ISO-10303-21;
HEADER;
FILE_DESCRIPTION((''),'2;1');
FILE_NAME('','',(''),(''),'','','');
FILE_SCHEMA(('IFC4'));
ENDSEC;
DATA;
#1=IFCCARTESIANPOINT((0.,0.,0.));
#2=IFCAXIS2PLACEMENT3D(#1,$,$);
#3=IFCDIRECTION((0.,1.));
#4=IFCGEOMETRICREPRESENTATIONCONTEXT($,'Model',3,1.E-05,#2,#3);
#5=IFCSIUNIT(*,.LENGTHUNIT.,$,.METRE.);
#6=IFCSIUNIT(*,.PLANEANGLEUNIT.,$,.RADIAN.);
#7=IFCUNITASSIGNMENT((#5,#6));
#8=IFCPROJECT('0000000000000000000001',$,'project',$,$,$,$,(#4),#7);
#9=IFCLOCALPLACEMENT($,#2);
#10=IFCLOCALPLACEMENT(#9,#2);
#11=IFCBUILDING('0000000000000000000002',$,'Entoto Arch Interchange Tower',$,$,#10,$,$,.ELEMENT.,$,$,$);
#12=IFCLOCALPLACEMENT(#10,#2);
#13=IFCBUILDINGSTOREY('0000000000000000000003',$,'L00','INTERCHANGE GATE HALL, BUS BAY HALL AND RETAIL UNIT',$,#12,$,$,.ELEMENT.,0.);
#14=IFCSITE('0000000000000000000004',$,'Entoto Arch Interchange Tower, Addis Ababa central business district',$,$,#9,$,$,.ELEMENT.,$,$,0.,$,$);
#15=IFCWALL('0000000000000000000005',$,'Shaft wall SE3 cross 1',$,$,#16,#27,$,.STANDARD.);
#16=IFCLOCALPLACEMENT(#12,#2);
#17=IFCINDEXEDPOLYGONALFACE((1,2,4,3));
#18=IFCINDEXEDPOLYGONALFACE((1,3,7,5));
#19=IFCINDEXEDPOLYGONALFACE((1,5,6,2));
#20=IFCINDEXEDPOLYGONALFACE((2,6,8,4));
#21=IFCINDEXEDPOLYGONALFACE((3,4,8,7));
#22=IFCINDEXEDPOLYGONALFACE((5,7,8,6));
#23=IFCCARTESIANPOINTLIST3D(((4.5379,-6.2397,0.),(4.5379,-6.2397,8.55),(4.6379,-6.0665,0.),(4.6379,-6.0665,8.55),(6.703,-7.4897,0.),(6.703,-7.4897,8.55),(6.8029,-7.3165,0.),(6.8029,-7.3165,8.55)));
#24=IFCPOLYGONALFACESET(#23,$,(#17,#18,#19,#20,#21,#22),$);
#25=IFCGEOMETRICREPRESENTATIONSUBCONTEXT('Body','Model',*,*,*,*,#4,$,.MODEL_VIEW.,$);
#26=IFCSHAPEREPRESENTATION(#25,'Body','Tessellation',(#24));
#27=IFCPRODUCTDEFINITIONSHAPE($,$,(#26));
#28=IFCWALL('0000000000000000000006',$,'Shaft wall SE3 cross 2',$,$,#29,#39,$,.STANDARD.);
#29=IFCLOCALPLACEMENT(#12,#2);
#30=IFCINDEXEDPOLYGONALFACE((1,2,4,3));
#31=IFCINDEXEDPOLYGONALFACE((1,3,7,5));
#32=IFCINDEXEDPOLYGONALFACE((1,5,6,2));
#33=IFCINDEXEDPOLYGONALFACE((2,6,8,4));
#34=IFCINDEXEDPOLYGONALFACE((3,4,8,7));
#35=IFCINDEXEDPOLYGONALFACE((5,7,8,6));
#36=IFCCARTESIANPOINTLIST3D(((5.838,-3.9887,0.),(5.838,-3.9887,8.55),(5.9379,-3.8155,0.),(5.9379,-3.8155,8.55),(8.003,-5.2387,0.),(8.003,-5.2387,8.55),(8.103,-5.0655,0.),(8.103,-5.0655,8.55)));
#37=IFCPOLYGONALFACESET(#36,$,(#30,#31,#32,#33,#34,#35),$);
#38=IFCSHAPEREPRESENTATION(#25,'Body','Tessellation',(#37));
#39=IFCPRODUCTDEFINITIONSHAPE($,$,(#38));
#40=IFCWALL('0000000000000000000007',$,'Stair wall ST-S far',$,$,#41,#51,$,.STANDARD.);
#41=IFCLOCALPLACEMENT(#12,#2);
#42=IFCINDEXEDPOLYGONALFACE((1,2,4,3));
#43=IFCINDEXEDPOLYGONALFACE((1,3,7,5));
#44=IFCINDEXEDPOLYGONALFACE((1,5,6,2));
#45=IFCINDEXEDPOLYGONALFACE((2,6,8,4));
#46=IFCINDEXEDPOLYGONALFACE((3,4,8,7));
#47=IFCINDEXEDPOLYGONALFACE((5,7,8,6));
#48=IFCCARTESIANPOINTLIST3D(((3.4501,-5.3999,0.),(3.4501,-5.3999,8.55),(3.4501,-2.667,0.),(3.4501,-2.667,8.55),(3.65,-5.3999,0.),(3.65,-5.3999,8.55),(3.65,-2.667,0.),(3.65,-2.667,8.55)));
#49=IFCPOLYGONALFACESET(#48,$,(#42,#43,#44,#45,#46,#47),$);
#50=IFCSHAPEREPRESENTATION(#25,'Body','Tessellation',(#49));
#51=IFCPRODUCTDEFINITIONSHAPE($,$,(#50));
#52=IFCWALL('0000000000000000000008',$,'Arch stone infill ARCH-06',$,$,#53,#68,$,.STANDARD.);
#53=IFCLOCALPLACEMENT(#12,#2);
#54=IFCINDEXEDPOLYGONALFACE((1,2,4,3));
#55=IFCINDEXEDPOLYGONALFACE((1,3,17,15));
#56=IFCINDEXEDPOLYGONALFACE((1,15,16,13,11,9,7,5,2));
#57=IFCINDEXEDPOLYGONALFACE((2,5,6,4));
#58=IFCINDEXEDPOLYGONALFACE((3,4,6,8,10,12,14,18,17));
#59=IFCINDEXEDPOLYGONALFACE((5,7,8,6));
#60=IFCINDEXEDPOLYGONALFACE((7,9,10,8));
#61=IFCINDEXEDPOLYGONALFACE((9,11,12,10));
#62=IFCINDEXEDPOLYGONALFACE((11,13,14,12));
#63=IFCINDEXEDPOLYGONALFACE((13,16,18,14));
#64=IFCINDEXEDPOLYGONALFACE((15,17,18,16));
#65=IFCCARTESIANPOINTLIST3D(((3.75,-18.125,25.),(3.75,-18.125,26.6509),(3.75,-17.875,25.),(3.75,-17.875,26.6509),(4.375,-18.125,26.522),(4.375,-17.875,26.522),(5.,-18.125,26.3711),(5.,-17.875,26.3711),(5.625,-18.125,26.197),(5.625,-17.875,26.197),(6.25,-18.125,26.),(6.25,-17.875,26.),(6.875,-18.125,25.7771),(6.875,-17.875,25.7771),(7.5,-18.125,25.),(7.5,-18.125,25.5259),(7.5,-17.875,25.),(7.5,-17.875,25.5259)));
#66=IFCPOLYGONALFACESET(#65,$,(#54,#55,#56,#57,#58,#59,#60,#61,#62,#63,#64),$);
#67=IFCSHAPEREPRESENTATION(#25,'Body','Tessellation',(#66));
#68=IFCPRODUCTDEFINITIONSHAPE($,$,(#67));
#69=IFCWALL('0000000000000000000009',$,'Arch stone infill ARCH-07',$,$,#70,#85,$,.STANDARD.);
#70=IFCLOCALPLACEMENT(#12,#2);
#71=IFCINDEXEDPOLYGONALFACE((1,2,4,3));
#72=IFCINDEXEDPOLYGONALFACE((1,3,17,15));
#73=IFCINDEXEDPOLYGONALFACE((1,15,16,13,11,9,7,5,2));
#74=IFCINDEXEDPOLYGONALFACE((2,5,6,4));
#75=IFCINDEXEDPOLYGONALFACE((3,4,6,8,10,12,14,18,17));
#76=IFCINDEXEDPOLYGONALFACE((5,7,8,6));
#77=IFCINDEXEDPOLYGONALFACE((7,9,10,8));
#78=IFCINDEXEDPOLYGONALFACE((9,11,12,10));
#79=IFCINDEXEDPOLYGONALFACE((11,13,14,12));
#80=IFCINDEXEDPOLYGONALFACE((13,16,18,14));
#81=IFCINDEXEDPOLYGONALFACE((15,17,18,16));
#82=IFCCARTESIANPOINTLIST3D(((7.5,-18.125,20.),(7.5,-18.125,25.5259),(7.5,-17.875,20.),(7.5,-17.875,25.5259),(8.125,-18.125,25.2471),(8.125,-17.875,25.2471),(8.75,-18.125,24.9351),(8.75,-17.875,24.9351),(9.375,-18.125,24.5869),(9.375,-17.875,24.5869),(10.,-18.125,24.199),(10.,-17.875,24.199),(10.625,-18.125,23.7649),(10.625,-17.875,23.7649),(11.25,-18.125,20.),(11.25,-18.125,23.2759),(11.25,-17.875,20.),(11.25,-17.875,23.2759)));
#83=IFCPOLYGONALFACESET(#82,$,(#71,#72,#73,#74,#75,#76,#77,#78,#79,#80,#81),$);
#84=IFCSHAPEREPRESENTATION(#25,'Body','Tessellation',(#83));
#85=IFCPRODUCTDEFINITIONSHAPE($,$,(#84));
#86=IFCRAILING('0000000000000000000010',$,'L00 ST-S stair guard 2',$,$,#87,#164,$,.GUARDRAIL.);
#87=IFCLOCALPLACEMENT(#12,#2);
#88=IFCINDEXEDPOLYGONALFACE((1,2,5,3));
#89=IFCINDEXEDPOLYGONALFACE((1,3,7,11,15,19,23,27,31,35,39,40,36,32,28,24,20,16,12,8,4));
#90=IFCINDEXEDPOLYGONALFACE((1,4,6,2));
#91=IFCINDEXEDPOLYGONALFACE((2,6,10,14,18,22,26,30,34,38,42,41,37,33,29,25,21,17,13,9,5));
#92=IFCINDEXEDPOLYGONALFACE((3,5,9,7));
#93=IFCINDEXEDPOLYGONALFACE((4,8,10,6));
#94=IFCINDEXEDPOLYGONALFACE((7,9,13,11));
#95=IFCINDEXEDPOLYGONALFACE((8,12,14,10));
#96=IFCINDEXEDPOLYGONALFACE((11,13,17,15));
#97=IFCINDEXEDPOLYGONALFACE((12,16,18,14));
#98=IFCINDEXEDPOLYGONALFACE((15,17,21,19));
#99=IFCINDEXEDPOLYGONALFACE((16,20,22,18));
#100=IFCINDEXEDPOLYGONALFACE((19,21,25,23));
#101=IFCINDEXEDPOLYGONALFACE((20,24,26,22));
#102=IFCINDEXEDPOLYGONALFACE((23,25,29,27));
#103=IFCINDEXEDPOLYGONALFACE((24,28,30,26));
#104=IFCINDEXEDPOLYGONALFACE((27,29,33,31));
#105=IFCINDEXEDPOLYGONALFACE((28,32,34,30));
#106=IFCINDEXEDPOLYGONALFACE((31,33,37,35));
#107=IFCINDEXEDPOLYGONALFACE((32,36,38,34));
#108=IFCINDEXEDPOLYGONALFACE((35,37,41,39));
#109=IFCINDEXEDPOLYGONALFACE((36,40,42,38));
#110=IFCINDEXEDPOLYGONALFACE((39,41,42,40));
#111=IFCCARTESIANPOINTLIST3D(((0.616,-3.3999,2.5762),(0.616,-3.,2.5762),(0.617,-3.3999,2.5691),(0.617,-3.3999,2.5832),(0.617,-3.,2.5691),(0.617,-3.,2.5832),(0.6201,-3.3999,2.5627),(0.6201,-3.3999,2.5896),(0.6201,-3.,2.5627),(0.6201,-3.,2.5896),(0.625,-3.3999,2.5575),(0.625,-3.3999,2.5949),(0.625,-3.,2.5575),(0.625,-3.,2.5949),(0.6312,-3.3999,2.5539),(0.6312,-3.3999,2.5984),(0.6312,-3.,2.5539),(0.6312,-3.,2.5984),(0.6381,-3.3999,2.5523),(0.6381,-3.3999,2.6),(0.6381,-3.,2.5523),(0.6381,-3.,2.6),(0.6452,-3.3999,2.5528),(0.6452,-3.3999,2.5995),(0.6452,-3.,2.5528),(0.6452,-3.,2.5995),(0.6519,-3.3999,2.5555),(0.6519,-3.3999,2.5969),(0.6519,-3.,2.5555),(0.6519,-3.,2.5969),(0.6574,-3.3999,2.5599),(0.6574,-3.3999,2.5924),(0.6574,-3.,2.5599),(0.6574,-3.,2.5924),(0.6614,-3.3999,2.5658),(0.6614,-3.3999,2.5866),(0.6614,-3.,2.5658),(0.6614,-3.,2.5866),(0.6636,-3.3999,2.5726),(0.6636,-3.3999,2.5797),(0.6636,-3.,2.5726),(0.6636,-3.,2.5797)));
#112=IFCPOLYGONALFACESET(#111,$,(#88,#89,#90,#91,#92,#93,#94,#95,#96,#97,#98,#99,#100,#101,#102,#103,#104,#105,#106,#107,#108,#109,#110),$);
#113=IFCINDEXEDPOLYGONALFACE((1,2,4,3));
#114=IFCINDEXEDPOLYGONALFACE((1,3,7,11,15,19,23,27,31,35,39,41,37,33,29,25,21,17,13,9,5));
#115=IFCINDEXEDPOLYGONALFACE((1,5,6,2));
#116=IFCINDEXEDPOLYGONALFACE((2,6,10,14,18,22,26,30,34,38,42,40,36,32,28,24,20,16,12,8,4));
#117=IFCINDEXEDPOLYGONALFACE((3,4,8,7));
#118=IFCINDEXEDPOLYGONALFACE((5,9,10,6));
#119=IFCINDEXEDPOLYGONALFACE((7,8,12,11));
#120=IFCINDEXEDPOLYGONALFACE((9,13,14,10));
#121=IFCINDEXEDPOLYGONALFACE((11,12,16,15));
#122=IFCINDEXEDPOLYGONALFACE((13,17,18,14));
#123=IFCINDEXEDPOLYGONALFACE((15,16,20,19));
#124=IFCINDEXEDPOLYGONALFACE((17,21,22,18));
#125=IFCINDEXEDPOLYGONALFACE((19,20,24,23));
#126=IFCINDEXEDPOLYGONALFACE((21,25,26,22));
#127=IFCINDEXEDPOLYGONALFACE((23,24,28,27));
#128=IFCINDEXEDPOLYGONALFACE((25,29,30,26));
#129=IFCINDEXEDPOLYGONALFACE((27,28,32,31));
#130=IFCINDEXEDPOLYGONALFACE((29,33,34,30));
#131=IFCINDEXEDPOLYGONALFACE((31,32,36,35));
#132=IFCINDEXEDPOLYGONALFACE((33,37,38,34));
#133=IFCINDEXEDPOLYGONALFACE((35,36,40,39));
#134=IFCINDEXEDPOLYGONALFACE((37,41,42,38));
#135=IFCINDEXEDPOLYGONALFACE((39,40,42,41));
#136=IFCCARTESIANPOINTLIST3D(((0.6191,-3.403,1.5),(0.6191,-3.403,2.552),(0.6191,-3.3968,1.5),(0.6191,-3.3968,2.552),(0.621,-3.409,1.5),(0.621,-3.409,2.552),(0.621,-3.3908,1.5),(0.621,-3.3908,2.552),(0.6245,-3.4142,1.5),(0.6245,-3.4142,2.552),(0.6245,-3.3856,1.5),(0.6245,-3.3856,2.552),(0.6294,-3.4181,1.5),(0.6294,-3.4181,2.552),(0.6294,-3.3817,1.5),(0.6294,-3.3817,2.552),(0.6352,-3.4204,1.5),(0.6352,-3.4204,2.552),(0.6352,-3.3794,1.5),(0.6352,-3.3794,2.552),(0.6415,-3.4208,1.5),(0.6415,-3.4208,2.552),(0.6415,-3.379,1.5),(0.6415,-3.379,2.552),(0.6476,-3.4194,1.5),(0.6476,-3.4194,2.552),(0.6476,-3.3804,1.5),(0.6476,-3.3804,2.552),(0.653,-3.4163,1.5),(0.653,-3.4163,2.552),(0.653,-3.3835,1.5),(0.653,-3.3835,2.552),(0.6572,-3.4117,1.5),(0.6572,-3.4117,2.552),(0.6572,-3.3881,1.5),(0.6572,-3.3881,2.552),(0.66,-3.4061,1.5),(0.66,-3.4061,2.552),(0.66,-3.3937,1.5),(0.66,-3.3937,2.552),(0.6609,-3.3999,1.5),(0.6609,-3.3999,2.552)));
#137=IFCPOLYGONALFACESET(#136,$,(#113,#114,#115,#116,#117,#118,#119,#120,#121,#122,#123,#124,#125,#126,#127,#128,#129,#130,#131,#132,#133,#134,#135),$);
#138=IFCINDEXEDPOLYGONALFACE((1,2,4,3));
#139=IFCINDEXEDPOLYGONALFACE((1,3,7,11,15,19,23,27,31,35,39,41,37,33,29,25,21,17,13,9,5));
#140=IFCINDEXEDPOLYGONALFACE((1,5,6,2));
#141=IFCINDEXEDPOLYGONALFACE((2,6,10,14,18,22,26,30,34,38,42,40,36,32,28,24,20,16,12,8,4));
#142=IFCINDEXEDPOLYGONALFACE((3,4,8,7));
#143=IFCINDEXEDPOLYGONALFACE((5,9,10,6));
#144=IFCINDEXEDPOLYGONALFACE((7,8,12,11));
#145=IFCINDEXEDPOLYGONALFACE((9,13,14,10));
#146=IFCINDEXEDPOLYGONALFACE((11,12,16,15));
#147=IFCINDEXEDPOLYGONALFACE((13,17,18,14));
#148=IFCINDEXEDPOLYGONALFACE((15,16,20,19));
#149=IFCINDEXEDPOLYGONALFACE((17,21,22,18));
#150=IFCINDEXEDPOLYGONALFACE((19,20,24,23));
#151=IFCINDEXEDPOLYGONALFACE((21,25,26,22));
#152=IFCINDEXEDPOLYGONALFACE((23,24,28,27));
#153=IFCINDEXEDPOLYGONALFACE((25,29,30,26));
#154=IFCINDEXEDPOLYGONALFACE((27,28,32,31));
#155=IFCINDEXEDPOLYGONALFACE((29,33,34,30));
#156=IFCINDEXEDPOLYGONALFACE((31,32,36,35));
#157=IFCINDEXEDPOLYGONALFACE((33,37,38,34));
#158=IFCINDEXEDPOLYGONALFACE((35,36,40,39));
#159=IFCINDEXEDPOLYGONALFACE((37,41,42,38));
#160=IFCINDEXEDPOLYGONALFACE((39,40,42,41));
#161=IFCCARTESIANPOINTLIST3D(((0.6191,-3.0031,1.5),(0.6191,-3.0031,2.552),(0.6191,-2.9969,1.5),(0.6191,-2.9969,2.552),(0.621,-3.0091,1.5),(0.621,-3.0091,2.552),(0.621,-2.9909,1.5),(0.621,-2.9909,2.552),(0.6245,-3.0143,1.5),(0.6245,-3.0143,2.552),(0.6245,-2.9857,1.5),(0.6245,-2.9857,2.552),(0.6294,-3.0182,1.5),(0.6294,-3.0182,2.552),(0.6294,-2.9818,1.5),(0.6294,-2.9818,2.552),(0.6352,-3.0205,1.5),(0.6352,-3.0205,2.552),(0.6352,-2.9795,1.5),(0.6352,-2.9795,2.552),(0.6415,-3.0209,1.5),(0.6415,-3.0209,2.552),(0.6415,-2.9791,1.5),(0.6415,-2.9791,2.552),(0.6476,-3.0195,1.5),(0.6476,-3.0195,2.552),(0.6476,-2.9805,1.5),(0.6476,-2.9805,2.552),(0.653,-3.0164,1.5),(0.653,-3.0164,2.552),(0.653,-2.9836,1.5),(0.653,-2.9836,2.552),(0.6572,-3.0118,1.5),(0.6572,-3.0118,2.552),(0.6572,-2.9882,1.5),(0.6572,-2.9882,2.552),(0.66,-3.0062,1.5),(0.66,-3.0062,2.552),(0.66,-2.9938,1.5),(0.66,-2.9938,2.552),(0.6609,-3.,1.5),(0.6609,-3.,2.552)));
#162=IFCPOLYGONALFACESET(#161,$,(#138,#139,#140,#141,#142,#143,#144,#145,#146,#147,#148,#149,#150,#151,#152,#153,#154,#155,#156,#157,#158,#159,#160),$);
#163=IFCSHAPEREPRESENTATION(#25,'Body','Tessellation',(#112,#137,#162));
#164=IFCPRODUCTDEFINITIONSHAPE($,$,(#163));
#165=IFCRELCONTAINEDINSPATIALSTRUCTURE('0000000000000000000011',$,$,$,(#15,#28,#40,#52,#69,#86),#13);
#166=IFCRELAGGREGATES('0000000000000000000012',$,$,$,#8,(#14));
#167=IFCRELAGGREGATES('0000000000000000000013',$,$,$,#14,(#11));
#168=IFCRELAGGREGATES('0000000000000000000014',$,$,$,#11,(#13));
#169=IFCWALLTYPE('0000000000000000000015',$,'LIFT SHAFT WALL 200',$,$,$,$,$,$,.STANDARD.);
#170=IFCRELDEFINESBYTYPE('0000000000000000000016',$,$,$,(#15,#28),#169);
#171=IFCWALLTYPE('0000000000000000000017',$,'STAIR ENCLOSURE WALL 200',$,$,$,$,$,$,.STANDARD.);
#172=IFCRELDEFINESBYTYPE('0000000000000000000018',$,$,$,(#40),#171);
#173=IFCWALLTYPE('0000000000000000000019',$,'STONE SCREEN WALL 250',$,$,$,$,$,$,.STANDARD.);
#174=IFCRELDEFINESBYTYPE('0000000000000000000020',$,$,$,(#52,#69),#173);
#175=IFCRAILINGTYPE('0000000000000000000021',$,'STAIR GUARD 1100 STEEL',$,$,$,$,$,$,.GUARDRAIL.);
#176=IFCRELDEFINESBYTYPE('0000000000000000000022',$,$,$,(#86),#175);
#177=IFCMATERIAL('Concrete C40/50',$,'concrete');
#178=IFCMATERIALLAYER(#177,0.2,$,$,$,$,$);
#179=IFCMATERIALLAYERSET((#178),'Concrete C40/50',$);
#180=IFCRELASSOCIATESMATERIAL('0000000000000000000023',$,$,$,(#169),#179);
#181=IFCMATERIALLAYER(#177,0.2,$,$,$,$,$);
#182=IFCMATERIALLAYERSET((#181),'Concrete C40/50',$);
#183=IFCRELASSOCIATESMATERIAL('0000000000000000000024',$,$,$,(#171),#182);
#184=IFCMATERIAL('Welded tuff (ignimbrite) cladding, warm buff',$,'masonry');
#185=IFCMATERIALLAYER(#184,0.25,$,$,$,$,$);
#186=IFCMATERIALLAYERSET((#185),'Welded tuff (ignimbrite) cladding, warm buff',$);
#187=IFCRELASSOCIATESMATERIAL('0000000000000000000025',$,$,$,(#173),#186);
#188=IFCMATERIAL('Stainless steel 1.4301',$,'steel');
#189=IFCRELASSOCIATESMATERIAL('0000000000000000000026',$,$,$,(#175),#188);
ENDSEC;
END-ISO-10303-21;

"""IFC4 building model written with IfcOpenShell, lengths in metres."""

from ifc_helpers import new_model, si_unit, direction, frame, frame_2d, origin, origin_2d, place, context, subcontext, project, spatial, polyline, rectangle, circle, outline, extrude, material, layer, layer_set, type_object, element, save


model = new_model("IFC4")

# Units and contexts
model_context = context("Model", 3, precision=1e-05, world=origin(), true_north=direction((0.0, 1.0)))
body_context = subcontext(model_context, "Body", "Model", "MODEL_VIEW")
ifc_project = project(units=[si_unit("LENGTHUNIT", "METRE"), si_unit("PLANEANGLEUNIT", "RADIAN")], contexts=[model_context])

# Site, building, storey
site_placement = place(None, origin())
site = spatial("IfcSite", under=ifc_project, at=site_placement, Name="Entoto Arch Interchange Tower, Addis Ababa central business district", CompositionType="ELEMENT", RefElevation=0.0)
building_placement = place(site_placement, origin())
building = spatial("IfcBuilding", under=site, at=building_placement, Name="Entoto Arch Interchange Tower", CompositionType="ELEMENT")
storey_placement = place(building_placement, origin())
storey = spatial("IfcBuildingStorey", under=building, at=storey_placement, Name="L00", Description="INTERCHANGE GATE HALL, BUS BAY HALL AND RETAIL UNIT", CompositionType="ELEMENT", Elevation=0.0)

# Shared definitions
ifc_material_1 = material(Name="Concrete C40/50", Category="concrete")
ifc_layer_1 = layer(ifc_material_1, 0.2)
ifc_layer_set_1 = layer_set([ifc_layer_1], Name="Concrete C40/50")
wall_type_1 = type_object("IfcWallType", Name="LIFT SHAFT WALL 200", PredefinedType="STANDARD", material=ifc_layer_set_1)

# Walls
for number, where, z_axis, x_axis, name in (
    (1, (4.5879, -6.1531, 0.0), (0.0, 0.0, 1.0), (0.866023, -0.500004, 0.0), "Shaft wall SE3 cross 1"),
    (2, (5.8879, -3.9021, 0.0), (0.0, 0.0, 1.0), (0.866023, -0.500004, 0.0), "Shaft wall SE3 cross 2"),
):
    element("IfcWall", number, at=place(storey_placement, frame(where, z_axis=z_axis, x_axis=x_axis)), inside=storey, type_object=wall_type_1, Name=name, PredefinedType="STANDARD", context=body_context, shape_type="SweptSolid", body=[
        extrude(rectangle(XDim=2.5, YDim=0.2, at=frame_2d((1.25, 0.0))), origin(), (0.0, 0.0, 1.0), 8.55),
    ])
ifc_layer_2 = layer(ifc_material_1, 0.2)
ifc_layer_set_2 = layer_set([ifc_layer_2], Name="Concrete C40/50")
wall_type_2 = type_object("IfcWallType", Name="STAIR ENCLOSURE WALL 200", PredefinedType="STANDARD", material=ifc_layer_set_2)
wall_1_placement = place(storey_placement, frame((3.55, -2.667, 0.0), z_axis=(0.0, 0.0, 1.0), x_axis=(0.0, -1.0, 0.0)))
element("IfcWall", 3, at=wall_1_placement, inside=storey, type_object=wall_type_2, Name="Stair wall ST-S far", PredefinedType="STANDARD", context=body_context, shape_type="SweptSolid", body=[
    extrude(rectangle(XDim=2.7329, YDim=0.2, at=frame_2d((1.3665, 0.0))), origin(), (0.0, 0.0, 1.0), 8.55),
])
ifc_material_2 = material(Name="Welded tuff (ignimbrite) cladding, warm buff", Category="masonry")
ifc_layer_3 = layer(ifc_material_2, 0.25)
ifc_layer_set_3 = layer_set([ifc_layer_3], Name="Welded tuff (ignimbrite) cladding, warm buff")
wall_type_3 = type_object("IfcWallType", Name="STONE SCREEN WALL 250", PredefinedType="STANDARD", material=ifc_layer_set_3)
wall_2_placement = place(storey_placement, frame((3.75, -18.0, 25.0), z_axis=(0.0, 0.0, 1.0), x_axis=(1.0, 0.0, 0.0)))
element("IfcWall", 4, at=wall_2_placement, inside=storey, type_object=wall_type_3, Name="Arch stone infill ARCH-06", PredefinedType="STANDARD", context=body_context, shape_type="SweptSolid", body=[
    extrude(outline(polyline([(0.0, 0.0), (3.75, 0.0), (3.75, 0.5259), (3.125, 0.7771), (2.5, 1.0), (1.875, 1.197), (1.25, 1.3711), (0.625, 1.522), (0.0, 1.6509), (0.0, 0.0)])), frame((0.0, 0.125, 0.0), z_axis=(0.0, -1.0, 0.0), x_axis=(1.0, 0.0, 0.0)), (0.0, 0.0, 1.0), 0.25),
])
wall_3_placement = place(storey_placement, frame((7.5, -18.0, 20.0), z_axis=(0.0, 0.0, 1.0), x_axis=(1.0, 0.0, 0.0)))
element("IfcWall", 5, at=wall_3_placement, inside=storey, type_object=wall_type_3, Name="Arch stone infill ARCH-07", PredefinedType="STANDARD", context=body_context, shape_type="SweptSolid", body=[
    extrude(outline(polyline([(0.0, 0.0), (3.75, 0.0), (3.75, 3.2759), (3.125, 3.7649), (2.5, 4.199), (1.875, 4.5869), (1.25, 4.9351), (0.625, 5.2471), (0.0, 5.5259), (0.0, 0.0)])), frame((0.0, 0.125, 0.0), z_axis=(0.0, -1.0, 0.0), x_axis=(1.0, 0.0, 0.0)), (0.0, 0.0, 1.0), 0.25),
])

# Railing
ifc_material_3 = material(Name="Stainless steel 1.4301", Category="steel")
railing_type = type_object("IfcRailingType", Name="STAIR GUARD 1100 STEEL", PredefinedType="GUARDRAIL", material=ifc_material_3)
railing_1_placement = place(storey_placement, frame((0.6399, -3.3999, 1.5)))
element("IfcRailing", 6, at=railing_1_placement, inside=storey, type_object=railing_type, Name="L00 ST-S stair guard 2", PredefinedType="GUARDRAIL", context=body_context, shape_type="SweptSolid", body=[
    extrude(circle(Radius=0.0239, at=origin_2d()), frame((0.0, 0.0, 1.0762), z_axis=(0.0, 1.0, 0.0), x_axis=(-1.0, 0.0, 0.0)), (0.0, 0.0, 1.0), 0.3999),
    extrude(circle(Radius=0.021, at=origin_2d()), origin(), (0.0, 0.0, 1.0), 1.052),
    extrude(circle(Radius=0.021, at=origin_2d()), frame((0.0, 0.3999, 0.0)), (0.0, 0.0, 1.0), 1.052),
])

save(model, "model.ifc")
